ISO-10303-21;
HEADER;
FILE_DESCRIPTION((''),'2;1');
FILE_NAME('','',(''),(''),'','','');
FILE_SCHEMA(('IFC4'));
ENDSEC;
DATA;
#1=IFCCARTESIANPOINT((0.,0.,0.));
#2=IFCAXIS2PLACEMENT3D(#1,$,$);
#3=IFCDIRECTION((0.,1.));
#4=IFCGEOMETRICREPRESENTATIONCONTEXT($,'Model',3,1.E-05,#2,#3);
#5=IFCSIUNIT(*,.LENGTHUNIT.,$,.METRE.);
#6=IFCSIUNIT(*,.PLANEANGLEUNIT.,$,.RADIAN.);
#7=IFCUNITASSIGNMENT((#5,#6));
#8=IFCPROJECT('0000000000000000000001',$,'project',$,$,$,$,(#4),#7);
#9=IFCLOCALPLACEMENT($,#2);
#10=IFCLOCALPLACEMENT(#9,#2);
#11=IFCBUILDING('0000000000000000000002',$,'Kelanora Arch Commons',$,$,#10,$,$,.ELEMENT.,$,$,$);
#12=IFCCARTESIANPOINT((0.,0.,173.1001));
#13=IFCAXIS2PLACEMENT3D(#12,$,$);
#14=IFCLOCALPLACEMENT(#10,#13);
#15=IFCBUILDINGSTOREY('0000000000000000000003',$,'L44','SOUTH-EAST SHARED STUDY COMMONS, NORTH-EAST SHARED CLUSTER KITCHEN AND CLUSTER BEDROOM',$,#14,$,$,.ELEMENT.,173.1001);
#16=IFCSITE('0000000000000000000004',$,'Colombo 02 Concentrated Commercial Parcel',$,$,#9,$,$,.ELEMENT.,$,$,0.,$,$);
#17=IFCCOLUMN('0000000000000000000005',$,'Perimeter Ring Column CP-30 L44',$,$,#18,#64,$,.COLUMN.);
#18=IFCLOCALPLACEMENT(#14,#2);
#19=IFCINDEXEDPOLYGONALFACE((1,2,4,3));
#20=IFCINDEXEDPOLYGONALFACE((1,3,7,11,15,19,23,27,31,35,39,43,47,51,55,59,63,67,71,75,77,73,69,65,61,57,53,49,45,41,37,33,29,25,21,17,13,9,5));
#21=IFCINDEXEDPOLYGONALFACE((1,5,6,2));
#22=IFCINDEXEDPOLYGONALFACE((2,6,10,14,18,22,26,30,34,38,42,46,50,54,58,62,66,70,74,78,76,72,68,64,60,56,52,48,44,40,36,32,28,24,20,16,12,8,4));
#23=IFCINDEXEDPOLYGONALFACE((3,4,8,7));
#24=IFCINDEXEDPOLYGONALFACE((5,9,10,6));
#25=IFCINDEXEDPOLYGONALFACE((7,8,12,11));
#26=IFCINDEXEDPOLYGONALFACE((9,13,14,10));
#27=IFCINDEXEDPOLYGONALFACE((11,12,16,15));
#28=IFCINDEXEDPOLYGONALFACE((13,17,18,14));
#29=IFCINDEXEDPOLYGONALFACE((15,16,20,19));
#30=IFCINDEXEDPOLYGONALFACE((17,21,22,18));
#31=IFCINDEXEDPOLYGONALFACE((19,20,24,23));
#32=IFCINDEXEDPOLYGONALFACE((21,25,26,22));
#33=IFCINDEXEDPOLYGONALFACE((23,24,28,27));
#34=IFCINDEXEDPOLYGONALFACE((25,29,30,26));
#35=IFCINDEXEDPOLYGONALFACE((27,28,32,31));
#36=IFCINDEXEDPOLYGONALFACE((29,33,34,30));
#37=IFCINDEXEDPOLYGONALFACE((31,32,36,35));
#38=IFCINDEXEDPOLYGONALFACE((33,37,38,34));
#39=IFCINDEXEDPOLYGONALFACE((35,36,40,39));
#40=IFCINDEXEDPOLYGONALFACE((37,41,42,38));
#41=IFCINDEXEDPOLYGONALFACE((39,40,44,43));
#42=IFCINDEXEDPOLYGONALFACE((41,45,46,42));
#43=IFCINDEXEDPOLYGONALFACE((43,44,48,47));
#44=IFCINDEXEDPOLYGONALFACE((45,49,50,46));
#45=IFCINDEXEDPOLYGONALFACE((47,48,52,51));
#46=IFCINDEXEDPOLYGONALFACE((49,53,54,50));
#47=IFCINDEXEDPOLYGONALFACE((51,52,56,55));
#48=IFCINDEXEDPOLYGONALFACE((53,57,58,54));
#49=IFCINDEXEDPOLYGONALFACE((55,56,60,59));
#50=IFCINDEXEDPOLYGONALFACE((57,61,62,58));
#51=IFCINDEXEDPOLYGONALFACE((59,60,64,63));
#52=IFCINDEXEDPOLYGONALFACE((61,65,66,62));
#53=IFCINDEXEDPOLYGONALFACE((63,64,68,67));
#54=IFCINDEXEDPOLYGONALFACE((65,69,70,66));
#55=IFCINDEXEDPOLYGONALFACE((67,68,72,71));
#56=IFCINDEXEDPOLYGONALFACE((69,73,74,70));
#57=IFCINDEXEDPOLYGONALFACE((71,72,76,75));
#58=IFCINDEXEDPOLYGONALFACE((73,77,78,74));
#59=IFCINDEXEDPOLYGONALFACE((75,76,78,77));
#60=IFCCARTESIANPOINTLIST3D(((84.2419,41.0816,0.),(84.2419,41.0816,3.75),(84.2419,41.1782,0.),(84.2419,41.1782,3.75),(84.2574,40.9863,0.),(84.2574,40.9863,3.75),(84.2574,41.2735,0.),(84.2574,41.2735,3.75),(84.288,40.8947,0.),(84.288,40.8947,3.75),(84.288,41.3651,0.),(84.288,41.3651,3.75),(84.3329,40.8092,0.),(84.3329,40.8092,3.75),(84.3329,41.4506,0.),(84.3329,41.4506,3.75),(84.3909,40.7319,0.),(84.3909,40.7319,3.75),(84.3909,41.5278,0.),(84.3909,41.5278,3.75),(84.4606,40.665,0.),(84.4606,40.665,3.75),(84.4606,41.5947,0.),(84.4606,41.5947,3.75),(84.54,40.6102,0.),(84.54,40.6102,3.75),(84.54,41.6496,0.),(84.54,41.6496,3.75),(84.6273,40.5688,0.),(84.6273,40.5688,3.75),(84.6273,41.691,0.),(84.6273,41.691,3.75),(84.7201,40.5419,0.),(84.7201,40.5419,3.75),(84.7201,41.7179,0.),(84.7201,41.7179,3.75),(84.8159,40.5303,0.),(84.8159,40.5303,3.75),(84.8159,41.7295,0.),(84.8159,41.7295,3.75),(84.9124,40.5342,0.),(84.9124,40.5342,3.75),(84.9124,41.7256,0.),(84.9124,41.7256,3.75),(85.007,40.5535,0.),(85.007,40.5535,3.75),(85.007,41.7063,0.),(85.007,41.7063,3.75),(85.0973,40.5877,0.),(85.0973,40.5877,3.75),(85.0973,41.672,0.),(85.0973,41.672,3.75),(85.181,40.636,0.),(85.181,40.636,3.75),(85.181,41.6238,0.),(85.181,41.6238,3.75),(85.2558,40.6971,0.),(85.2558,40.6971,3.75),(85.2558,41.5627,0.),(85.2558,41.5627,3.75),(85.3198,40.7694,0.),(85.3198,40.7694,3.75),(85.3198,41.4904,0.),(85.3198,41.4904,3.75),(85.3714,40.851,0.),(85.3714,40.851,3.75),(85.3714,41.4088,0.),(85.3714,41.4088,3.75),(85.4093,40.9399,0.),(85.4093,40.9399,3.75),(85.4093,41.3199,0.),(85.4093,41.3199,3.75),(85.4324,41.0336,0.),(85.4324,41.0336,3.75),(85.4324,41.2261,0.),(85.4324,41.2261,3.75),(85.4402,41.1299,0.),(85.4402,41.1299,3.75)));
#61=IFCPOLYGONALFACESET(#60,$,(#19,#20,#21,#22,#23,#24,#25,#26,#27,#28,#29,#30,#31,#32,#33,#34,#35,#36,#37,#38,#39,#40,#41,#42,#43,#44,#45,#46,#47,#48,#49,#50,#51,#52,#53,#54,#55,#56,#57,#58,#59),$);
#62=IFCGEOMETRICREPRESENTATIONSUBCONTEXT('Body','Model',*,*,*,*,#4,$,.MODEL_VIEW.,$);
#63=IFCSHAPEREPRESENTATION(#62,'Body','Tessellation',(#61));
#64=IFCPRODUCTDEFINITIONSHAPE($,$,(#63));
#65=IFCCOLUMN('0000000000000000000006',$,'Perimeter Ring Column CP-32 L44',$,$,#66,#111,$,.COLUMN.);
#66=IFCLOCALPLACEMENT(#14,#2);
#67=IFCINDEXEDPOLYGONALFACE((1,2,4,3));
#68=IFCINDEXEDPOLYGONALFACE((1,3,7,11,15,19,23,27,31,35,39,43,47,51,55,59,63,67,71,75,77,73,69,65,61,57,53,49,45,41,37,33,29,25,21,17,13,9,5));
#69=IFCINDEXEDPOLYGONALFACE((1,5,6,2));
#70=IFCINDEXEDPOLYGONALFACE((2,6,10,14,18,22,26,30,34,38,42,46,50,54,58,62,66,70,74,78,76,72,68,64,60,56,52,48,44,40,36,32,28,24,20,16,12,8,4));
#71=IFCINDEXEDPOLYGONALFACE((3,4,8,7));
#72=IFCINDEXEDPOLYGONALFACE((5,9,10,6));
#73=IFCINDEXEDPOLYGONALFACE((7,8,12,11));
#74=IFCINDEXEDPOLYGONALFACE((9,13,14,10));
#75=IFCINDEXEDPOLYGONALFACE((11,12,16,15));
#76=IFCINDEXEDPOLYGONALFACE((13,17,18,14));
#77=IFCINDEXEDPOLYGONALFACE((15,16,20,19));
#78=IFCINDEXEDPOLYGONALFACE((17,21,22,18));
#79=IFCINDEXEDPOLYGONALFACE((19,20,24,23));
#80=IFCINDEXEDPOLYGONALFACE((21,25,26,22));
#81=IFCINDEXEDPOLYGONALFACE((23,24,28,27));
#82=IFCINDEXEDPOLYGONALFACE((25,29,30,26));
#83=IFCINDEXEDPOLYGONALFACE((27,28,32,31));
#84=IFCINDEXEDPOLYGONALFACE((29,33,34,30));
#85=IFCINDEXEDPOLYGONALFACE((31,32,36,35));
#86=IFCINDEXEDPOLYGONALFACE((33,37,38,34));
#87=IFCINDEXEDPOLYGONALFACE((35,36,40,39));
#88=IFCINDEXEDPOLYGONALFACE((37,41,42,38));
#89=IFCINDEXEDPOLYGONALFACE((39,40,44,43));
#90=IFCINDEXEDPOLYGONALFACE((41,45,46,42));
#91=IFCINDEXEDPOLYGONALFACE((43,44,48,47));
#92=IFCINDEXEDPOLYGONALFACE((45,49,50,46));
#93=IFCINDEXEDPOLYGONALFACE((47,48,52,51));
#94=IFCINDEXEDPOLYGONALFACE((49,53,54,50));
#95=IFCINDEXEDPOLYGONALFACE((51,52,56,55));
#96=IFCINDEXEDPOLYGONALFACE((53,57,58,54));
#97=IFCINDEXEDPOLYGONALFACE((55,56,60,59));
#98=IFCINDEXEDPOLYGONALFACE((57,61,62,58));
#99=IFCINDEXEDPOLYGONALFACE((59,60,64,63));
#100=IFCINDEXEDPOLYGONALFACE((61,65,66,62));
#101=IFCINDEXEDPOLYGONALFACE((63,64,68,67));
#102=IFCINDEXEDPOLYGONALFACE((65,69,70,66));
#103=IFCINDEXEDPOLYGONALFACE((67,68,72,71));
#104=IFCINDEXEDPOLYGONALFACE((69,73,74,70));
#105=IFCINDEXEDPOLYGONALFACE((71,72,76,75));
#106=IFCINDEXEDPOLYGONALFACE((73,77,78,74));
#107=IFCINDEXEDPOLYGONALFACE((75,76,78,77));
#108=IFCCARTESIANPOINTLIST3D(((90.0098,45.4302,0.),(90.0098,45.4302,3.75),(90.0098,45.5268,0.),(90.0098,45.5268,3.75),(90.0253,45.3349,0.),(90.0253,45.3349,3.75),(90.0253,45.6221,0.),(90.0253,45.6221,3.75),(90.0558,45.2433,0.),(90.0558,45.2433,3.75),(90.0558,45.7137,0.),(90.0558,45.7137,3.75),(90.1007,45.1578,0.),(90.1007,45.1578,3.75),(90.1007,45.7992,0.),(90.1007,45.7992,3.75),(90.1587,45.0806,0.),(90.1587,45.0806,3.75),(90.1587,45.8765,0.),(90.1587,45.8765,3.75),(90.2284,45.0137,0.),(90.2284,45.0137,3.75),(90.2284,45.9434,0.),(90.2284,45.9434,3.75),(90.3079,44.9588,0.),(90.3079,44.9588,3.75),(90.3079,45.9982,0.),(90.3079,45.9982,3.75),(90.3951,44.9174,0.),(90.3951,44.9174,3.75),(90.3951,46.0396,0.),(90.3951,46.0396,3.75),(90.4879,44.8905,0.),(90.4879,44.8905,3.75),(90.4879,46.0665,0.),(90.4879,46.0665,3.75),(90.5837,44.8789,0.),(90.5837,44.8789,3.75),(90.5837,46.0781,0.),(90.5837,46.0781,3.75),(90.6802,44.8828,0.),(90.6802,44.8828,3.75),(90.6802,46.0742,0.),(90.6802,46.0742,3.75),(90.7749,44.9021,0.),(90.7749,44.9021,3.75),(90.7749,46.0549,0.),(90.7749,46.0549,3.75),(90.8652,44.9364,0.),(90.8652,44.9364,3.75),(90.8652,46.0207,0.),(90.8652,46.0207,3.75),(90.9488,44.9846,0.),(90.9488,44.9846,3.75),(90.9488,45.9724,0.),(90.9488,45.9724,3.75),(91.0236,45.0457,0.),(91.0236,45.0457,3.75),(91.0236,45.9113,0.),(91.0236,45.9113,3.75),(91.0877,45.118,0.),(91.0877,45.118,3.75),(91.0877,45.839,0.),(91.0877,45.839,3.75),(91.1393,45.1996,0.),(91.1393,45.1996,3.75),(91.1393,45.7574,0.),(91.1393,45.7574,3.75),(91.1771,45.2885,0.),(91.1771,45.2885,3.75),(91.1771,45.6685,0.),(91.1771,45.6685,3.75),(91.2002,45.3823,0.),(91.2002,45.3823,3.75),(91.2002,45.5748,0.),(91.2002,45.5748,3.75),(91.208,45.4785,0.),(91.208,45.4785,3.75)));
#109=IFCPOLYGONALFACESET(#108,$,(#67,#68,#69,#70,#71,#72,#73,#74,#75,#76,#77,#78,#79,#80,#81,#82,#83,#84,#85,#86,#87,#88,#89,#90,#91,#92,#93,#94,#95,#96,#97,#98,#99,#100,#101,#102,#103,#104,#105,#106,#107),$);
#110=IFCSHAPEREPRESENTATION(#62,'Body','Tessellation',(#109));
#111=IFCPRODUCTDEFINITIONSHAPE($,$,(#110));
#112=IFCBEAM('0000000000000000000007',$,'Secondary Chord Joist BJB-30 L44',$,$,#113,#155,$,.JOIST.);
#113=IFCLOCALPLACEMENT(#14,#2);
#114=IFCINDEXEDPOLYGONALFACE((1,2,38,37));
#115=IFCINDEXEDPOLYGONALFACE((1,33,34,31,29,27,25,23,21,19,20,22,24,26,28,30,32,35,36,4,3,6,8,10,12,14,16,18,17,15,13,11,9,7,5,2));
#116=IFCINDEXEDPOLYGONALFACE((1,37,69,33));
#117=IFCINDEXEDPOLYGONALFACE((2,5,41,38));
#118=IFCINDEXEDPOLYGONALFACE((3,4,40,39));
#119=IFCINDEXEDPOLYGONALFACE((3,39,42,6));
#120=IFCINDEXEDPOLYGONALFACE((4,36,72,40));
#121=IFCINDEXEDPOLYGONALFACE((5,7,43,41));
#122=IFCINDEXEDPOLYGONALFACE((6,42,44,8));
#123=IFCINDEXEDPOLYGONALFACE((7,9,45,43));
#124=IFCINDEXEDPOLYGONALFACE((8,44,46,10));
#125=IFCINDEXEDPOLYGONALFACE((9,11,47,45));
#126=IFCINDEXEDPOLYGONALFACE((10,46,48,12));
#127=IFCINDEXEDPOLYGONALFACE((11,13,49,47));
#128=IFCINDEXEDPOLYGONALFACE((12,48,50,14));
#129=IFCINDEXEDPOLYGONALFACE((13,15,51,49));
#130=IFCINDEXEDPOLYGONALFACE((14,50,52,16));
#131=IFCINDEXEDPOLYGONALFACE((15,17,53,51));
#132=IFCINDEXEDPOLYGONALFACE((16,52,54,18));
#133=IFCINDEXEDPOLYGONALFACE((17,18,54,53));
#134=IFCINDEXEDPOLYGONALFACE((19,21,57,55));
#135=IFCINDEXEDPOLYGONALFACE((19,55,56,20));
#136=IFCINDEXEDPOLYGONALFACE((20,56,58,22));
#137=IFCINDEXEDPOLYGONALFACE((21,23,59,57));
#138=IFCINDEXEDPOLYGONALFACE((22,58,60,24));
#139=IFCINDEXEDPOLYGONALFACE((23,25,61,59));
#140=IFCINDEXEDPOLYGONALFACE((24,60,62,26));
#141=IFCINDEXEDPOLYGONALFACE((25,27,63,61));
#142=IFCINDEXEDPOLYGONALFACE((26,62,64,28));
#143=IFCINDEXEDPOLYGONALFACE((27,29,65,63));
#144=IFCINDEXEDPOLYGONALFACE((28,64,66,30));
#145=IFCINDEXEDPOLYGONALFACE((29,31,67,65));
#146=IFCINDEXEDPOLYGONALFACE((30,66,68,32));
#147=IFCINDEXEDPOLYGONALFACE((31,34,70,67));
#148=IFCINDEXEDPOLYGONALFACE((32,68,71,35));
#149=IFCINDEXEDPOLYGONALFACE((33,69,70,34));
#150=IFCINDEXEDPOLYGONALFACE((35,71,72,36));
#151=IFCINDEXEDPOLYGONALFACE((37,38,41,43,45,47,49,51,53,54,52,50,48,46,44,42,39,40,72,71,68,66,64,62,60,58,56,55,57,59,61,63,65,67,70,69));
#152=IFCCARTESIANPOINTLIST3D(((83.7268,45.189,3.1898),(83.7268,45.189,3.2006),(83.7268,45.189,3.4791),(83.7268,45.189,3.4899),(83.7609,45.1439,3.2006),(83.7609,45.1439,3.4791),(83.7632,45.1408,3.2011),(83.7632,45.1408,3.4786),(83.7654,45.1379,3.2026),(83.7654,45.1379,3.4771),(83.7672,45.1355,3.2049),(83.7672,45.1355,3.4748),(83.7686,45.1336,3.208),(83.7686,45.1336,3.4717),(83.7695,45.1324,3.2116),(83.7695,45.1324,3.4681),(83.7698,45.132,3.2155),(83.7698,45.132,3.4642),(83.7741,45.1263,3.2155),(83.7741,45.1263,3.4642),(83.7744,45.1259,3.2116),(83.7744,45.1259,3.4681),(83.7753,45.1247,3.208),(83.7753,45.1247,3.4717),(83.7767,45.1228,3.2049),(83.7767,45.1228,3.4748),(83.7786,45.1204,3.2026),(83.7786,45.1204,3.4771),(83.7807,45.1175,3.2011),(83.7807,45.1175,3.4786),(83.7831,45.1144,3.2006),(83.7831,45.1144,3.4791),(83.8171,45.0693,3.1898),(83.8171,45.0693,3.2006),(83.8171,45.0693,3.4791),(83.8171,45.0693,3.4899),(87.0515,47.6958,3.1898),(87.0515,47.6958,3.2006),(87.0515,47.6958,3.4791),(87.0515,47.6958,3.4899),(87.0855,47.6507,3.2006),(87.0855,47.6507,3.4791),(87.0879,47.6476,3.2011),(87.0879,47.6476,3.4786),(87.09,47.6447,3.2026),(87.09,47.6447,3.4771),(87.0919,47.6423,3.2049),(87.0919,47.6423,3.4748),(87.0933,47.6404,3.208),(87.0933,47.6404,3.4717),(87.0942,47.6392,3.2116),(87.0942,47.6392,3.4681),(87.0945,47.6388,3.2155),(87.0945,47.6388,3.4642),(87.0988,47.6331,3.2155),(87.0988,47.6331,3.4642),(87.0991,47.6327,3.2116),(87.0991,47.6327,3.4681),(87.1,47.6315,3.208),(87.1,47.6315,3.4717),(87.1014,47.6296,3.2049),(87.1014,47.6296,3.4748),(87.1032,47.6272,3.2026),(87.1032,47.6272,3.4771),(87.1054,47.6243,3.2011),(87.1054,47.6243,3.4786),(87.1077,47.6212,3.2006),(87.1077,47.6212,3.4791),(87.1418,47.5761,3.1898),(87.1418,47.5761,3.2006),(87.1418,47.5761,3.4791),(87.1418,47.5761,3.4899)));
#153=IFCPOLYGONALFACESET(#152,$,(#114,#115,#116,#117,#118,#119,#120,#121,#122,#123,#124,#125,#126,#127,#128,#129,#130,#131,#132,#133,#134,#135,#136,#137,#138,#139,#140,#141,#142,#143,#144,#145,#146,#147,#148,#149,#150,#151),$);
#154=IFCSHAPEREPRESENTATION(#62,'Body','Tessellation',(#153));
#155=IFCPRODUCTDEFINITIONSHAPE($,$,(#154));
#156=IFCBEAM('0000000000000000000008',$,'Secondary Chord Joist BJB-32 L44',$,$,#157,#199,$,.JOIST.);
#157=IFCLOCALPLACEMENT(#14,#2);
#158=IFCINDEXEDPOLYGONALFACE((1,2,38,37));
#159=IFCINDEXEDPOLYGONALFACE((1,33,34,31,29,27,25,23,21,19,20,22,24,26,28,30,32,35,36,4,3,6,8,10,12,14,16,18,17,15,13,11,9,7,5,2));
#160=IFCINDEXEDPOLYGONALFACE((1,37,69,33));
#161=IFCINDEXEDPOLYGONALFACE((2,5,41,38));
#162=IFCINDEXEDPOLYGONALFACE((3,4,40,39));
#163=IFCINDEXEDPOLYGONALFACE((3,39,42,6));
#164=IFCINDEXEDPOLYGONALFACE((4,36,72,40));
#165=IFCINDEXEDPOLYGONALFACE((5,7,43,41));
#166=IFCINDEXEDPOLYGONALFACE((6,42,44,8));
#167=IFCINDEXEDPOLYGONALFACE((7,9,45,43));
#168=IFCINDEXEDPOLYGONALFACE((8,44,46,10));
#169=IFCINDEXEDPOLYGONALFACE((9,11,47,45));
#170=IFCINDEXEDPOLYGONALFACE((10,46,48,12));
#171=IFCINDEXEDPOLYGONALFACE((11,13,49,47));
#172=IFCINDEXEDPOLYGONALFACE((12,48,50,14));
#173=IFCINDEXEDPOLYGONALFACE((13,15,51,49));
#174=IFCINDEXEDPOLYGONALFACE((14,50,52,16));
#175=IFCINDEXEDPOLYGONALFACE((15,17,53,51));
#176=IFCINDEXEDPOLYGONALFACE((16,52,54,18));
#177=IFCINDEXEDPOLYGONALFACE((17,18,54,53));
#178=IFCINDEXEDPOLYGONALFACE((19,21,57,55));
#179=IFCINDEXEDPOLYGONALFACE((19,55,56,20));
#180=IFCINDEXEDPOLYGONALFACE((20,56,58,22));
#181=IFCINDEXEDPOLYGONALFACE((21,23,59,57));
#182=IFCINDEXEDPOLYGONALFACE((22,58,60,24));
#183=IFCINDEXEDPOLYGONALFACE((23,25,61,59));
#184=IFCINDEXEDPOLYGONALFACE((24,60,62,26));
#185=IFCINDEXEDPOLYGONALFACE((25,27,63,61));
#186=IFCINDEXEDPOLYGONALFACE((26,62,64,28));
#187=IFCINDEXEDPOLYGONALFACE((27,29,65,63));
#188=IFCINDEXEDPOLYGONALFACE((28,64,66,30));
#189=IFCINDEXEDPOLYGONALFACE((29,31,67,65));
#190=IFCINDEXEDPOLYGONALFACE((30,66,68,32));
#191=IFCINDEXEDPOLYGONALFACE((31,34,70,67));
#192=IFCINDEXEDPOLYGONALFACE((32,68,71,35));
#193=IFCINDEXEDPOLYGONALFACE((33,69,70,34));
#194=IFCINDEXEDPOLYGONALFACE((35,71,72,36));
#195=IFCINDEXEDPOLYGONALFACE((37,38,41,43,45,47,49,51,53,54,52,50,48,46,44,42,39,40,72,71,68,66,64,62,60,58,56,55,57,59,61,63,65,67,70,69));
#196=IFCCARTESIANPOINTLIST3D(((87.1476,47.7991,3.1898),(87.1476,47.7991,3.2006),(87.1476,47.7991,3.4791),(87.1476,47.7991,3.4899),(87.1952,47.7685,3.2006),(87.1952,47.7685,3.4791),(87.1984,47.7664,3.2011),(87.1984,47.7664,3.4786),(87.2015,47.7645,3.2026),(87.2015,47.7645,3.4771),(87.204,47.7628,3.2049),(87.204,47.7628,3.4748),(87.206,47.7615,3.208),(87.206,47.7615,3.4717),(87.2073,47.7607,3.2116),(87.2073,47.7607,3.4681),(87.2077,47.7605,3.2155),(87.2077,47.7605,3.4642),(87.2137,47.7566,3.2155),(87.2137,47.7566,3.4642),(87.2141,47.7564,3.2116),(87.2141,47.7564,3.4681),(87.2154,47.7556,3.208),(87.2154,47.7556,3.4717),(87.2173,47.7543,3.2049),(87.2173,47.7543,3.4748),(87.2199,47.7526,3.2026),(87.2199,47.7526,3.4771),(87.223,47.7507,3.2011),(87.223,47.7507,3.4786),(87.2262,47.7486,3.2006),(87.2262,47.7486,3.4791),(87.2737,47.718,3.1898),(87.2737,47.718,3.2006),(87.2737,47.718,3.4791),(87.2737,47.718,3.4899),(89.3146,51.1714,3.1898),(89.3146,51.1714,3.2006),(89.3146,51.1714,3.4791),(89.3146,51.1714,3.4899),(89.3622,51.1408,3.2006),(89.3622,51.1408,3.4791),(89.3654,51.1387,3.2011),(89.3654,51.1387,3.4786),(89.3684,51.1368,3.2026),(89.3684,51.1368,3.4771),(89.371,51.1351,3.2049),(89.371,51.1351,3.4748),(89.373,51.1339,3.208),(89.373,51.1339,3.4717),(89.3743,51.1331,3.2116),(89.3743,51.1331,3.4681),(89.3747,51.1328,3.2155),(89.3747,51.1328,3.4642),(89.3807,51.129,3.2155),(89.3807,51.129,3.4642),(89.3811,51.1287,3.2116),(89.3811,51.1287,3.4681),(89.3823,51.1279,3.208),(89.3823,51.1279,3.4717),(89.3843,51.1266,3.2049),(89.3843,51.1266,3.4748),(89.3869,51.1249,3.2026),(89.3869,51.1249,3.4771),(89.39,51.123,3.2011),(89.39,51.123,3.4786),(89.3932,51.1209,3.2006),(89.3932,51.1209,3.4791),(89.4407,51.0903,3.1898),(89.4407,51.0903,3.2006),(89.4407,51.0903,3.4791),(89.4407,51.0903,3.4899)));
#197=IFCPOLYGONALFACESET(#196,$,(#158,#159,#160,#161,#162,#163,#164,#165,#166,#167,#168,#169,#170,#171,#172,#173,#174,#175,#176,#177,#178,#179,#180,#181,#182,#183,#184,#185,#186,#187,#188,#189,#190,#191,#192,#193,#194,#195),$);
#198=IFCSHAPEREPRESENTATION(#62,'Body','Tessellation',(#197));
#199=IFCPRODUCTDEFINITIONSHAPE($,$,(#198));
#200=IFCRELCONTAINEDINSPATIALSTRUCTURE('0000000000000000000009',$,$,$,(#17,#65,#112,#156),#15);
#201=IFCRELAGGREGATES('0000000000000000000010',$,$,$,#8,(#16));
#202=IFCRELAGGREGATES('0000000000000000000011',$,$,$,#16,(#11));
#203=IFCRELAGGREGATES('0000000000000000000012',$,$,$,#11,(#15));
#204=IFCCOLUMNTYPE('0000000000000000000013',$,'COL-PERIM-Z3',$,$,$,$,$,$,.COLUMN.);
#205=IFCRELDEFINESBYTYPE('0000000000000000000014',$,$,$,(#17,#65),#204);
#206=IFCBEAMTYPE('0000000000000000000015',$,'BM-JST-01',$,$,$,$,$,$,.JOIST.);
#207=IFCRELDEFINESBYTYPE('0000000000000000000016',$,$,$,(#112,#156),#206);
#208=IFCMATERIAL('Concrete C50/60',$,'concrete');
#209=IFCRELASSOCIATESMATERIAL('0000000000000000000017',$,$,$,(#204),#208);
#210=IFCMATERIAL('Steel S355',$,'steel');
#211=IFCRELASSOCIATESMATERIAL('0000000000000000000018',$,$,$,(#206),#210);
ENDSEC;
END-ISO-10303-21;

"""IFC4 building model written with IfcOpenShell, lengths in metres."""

from ifc_helpers import new_model, si_unit, direction, frame, origin, origin_2d, place, context, subcontext, project, spatial, circle, i_section, extrude, material, material_profile, profile_set, type_object, element, save


model = new_model("IFC4")

# Units and contexts
model_context = context("Model", 3, precision=1e-05, world=origin(), true_north=direction((0.0, 1.0)))
body_context = subcontext(model_context, "Body", "Model", "MODEL_VIEW")
ifc_project = project(units=[si_unit("LENGTHUNIT", "METRE"), si_unit("PLANEANGLEUNIT", "RADIAN")], contexts=[model_context])

# Site, building, storey
site_placement = place(None, origin())
site = spatial("IfcSite", under=ifc_project, at=site_placement, Name="Colombo 02 Concentrated Commercial Parcel", CompositionType="ELEMENT", RefElevation=0.0)
building_placement = place(site_placement, origin())
building = spatial("IfcBuilding", under=site, at=building_placement, Name="Kelanora Arch Commons", CompositionType="ELEMENT")
storey_placement = place(building_placement, frame((0.0, 0.0, 173.1001)))
storey = spatial("IfcBuildingStorey", under=building, at=storey_placement, Name="L44", Description="SOUTH-EAST SHARED STUDY COMMONS, NORTH-EAST SHARED CLUSTER KITCHEN AND CLUSTER BEDROOM", CompositionType="ELEMENT", Elevation=173.1001)

# Columns
ifc_material_1 = material(Name="Concrete C50/60", Category="concrete")
ifc_material_profile_1 = material_profile(ifc_material_1, circle(Radius=0.6001, at=origin_2d()), Name="RCC1200")
ifc_profile_set_1 = profile_set([ifc_material_profile_1], Name="Concrete C50/60")
column_type = type_object("IfcColumnType", Name="COL-PERIM-Z3", PredefinedType="COLUMN", material=ifc_profile_set_1)
for number, where, z_axis, x_axis, name in (
    (1, (84.8401, 41.1299, 0.0), (0.0, 0.0, 1.0), (1.0, 0.0, 0.0), "Perimeter Ring Column CP-30 L44"),
    (2, (90.6079, 45.4785, 0.0), (0.0, 0.0, 1.0), (1.0, 0.0, 0.0), "Perimeter Ring Column CP-32 L44"),
):
    element("IfcColumn", number, at=place(storey_placement, frame(where, z_axis=z_axis, x_axis=x_axis)), inside=storey, type_object=column_type, Name=name, PredefinedType="COLUMN", context=body_context, shape_type="SweptSolid", body=[
        extrude(circle(Radius=0.6001, at=origin_2d()), origin(), (0.0, 0.0, 1.0), 3.75),
    ])

# Beams
ifc_material_2 = material(Name="Steel S355", Category="steel")
ifc_material_profile_2 = material_profile(ifc_material_2, i_section(OverallWidth=0.1499, OverallDepth=0.3, WebThickness=0.0071, FlangeThickness=0.0107, FilletRadius=0.0149, at=origin_2d()), Name="IPE300")
ifc_profile_set_2 = profile_set([ifc_material_profile_2], Name="Steel S355")
beam_type_1 = type_object("IfcBeamType", Name="BM-JST-01", PredefinedType="JOIST", material=ifc_profile_set_2)
beam_1_placement = place(storey_placement, frame((83.772, 45.1292, 3.3398), z_axis=(0.798464, 0.602043, 0.0), x_axis=(-0.602043, 0.798464, 0.0)))
element("IfcBeam", 3, at=beam_1_placement, inside=storey, type_object=beam_type_1, Name="Secondary Chord Joist BJB-30 L44", PredefinedType="JOIST", context=body_context, shape_type="SweptSolid", body=[
    extrude(i_section(OverallWidth=0.1499, OverallDepth=0.3, WebThickness=0.0071, FlangeThickness=0.0107, FilletRadius=0.0149, at=origin_2d()), origin(), (0.0, 0.0, 1.0), 4.1638),
])
beam_2_placement = place(storey_placement, frame((87.2107, 47.7585, 3.3398), z_axis=(0.540594, 0.841283, 0.0), x_axis=(-0.841283, 0.540594, 0.0)))
element("IfcBeam", 4, at=beam_2_placement, inside=storey, type_object=beam_type_1, Name="Secondary Chord Joist BJB-32 L44", PredefinedType="JOIST", context=body_context, shape_type="SweptSolid", body=[
    extrude(i_section(OverallWidth=0.1499, OverallDepth=0.3, WebThickness=0.0071, FlangeThickness=0.0107, FilletRadius=0.0149, at=origin_2d()), origin(), (0.0, 0.0, 1.0), 4.0085),
])

save(model, "model.ifc")
